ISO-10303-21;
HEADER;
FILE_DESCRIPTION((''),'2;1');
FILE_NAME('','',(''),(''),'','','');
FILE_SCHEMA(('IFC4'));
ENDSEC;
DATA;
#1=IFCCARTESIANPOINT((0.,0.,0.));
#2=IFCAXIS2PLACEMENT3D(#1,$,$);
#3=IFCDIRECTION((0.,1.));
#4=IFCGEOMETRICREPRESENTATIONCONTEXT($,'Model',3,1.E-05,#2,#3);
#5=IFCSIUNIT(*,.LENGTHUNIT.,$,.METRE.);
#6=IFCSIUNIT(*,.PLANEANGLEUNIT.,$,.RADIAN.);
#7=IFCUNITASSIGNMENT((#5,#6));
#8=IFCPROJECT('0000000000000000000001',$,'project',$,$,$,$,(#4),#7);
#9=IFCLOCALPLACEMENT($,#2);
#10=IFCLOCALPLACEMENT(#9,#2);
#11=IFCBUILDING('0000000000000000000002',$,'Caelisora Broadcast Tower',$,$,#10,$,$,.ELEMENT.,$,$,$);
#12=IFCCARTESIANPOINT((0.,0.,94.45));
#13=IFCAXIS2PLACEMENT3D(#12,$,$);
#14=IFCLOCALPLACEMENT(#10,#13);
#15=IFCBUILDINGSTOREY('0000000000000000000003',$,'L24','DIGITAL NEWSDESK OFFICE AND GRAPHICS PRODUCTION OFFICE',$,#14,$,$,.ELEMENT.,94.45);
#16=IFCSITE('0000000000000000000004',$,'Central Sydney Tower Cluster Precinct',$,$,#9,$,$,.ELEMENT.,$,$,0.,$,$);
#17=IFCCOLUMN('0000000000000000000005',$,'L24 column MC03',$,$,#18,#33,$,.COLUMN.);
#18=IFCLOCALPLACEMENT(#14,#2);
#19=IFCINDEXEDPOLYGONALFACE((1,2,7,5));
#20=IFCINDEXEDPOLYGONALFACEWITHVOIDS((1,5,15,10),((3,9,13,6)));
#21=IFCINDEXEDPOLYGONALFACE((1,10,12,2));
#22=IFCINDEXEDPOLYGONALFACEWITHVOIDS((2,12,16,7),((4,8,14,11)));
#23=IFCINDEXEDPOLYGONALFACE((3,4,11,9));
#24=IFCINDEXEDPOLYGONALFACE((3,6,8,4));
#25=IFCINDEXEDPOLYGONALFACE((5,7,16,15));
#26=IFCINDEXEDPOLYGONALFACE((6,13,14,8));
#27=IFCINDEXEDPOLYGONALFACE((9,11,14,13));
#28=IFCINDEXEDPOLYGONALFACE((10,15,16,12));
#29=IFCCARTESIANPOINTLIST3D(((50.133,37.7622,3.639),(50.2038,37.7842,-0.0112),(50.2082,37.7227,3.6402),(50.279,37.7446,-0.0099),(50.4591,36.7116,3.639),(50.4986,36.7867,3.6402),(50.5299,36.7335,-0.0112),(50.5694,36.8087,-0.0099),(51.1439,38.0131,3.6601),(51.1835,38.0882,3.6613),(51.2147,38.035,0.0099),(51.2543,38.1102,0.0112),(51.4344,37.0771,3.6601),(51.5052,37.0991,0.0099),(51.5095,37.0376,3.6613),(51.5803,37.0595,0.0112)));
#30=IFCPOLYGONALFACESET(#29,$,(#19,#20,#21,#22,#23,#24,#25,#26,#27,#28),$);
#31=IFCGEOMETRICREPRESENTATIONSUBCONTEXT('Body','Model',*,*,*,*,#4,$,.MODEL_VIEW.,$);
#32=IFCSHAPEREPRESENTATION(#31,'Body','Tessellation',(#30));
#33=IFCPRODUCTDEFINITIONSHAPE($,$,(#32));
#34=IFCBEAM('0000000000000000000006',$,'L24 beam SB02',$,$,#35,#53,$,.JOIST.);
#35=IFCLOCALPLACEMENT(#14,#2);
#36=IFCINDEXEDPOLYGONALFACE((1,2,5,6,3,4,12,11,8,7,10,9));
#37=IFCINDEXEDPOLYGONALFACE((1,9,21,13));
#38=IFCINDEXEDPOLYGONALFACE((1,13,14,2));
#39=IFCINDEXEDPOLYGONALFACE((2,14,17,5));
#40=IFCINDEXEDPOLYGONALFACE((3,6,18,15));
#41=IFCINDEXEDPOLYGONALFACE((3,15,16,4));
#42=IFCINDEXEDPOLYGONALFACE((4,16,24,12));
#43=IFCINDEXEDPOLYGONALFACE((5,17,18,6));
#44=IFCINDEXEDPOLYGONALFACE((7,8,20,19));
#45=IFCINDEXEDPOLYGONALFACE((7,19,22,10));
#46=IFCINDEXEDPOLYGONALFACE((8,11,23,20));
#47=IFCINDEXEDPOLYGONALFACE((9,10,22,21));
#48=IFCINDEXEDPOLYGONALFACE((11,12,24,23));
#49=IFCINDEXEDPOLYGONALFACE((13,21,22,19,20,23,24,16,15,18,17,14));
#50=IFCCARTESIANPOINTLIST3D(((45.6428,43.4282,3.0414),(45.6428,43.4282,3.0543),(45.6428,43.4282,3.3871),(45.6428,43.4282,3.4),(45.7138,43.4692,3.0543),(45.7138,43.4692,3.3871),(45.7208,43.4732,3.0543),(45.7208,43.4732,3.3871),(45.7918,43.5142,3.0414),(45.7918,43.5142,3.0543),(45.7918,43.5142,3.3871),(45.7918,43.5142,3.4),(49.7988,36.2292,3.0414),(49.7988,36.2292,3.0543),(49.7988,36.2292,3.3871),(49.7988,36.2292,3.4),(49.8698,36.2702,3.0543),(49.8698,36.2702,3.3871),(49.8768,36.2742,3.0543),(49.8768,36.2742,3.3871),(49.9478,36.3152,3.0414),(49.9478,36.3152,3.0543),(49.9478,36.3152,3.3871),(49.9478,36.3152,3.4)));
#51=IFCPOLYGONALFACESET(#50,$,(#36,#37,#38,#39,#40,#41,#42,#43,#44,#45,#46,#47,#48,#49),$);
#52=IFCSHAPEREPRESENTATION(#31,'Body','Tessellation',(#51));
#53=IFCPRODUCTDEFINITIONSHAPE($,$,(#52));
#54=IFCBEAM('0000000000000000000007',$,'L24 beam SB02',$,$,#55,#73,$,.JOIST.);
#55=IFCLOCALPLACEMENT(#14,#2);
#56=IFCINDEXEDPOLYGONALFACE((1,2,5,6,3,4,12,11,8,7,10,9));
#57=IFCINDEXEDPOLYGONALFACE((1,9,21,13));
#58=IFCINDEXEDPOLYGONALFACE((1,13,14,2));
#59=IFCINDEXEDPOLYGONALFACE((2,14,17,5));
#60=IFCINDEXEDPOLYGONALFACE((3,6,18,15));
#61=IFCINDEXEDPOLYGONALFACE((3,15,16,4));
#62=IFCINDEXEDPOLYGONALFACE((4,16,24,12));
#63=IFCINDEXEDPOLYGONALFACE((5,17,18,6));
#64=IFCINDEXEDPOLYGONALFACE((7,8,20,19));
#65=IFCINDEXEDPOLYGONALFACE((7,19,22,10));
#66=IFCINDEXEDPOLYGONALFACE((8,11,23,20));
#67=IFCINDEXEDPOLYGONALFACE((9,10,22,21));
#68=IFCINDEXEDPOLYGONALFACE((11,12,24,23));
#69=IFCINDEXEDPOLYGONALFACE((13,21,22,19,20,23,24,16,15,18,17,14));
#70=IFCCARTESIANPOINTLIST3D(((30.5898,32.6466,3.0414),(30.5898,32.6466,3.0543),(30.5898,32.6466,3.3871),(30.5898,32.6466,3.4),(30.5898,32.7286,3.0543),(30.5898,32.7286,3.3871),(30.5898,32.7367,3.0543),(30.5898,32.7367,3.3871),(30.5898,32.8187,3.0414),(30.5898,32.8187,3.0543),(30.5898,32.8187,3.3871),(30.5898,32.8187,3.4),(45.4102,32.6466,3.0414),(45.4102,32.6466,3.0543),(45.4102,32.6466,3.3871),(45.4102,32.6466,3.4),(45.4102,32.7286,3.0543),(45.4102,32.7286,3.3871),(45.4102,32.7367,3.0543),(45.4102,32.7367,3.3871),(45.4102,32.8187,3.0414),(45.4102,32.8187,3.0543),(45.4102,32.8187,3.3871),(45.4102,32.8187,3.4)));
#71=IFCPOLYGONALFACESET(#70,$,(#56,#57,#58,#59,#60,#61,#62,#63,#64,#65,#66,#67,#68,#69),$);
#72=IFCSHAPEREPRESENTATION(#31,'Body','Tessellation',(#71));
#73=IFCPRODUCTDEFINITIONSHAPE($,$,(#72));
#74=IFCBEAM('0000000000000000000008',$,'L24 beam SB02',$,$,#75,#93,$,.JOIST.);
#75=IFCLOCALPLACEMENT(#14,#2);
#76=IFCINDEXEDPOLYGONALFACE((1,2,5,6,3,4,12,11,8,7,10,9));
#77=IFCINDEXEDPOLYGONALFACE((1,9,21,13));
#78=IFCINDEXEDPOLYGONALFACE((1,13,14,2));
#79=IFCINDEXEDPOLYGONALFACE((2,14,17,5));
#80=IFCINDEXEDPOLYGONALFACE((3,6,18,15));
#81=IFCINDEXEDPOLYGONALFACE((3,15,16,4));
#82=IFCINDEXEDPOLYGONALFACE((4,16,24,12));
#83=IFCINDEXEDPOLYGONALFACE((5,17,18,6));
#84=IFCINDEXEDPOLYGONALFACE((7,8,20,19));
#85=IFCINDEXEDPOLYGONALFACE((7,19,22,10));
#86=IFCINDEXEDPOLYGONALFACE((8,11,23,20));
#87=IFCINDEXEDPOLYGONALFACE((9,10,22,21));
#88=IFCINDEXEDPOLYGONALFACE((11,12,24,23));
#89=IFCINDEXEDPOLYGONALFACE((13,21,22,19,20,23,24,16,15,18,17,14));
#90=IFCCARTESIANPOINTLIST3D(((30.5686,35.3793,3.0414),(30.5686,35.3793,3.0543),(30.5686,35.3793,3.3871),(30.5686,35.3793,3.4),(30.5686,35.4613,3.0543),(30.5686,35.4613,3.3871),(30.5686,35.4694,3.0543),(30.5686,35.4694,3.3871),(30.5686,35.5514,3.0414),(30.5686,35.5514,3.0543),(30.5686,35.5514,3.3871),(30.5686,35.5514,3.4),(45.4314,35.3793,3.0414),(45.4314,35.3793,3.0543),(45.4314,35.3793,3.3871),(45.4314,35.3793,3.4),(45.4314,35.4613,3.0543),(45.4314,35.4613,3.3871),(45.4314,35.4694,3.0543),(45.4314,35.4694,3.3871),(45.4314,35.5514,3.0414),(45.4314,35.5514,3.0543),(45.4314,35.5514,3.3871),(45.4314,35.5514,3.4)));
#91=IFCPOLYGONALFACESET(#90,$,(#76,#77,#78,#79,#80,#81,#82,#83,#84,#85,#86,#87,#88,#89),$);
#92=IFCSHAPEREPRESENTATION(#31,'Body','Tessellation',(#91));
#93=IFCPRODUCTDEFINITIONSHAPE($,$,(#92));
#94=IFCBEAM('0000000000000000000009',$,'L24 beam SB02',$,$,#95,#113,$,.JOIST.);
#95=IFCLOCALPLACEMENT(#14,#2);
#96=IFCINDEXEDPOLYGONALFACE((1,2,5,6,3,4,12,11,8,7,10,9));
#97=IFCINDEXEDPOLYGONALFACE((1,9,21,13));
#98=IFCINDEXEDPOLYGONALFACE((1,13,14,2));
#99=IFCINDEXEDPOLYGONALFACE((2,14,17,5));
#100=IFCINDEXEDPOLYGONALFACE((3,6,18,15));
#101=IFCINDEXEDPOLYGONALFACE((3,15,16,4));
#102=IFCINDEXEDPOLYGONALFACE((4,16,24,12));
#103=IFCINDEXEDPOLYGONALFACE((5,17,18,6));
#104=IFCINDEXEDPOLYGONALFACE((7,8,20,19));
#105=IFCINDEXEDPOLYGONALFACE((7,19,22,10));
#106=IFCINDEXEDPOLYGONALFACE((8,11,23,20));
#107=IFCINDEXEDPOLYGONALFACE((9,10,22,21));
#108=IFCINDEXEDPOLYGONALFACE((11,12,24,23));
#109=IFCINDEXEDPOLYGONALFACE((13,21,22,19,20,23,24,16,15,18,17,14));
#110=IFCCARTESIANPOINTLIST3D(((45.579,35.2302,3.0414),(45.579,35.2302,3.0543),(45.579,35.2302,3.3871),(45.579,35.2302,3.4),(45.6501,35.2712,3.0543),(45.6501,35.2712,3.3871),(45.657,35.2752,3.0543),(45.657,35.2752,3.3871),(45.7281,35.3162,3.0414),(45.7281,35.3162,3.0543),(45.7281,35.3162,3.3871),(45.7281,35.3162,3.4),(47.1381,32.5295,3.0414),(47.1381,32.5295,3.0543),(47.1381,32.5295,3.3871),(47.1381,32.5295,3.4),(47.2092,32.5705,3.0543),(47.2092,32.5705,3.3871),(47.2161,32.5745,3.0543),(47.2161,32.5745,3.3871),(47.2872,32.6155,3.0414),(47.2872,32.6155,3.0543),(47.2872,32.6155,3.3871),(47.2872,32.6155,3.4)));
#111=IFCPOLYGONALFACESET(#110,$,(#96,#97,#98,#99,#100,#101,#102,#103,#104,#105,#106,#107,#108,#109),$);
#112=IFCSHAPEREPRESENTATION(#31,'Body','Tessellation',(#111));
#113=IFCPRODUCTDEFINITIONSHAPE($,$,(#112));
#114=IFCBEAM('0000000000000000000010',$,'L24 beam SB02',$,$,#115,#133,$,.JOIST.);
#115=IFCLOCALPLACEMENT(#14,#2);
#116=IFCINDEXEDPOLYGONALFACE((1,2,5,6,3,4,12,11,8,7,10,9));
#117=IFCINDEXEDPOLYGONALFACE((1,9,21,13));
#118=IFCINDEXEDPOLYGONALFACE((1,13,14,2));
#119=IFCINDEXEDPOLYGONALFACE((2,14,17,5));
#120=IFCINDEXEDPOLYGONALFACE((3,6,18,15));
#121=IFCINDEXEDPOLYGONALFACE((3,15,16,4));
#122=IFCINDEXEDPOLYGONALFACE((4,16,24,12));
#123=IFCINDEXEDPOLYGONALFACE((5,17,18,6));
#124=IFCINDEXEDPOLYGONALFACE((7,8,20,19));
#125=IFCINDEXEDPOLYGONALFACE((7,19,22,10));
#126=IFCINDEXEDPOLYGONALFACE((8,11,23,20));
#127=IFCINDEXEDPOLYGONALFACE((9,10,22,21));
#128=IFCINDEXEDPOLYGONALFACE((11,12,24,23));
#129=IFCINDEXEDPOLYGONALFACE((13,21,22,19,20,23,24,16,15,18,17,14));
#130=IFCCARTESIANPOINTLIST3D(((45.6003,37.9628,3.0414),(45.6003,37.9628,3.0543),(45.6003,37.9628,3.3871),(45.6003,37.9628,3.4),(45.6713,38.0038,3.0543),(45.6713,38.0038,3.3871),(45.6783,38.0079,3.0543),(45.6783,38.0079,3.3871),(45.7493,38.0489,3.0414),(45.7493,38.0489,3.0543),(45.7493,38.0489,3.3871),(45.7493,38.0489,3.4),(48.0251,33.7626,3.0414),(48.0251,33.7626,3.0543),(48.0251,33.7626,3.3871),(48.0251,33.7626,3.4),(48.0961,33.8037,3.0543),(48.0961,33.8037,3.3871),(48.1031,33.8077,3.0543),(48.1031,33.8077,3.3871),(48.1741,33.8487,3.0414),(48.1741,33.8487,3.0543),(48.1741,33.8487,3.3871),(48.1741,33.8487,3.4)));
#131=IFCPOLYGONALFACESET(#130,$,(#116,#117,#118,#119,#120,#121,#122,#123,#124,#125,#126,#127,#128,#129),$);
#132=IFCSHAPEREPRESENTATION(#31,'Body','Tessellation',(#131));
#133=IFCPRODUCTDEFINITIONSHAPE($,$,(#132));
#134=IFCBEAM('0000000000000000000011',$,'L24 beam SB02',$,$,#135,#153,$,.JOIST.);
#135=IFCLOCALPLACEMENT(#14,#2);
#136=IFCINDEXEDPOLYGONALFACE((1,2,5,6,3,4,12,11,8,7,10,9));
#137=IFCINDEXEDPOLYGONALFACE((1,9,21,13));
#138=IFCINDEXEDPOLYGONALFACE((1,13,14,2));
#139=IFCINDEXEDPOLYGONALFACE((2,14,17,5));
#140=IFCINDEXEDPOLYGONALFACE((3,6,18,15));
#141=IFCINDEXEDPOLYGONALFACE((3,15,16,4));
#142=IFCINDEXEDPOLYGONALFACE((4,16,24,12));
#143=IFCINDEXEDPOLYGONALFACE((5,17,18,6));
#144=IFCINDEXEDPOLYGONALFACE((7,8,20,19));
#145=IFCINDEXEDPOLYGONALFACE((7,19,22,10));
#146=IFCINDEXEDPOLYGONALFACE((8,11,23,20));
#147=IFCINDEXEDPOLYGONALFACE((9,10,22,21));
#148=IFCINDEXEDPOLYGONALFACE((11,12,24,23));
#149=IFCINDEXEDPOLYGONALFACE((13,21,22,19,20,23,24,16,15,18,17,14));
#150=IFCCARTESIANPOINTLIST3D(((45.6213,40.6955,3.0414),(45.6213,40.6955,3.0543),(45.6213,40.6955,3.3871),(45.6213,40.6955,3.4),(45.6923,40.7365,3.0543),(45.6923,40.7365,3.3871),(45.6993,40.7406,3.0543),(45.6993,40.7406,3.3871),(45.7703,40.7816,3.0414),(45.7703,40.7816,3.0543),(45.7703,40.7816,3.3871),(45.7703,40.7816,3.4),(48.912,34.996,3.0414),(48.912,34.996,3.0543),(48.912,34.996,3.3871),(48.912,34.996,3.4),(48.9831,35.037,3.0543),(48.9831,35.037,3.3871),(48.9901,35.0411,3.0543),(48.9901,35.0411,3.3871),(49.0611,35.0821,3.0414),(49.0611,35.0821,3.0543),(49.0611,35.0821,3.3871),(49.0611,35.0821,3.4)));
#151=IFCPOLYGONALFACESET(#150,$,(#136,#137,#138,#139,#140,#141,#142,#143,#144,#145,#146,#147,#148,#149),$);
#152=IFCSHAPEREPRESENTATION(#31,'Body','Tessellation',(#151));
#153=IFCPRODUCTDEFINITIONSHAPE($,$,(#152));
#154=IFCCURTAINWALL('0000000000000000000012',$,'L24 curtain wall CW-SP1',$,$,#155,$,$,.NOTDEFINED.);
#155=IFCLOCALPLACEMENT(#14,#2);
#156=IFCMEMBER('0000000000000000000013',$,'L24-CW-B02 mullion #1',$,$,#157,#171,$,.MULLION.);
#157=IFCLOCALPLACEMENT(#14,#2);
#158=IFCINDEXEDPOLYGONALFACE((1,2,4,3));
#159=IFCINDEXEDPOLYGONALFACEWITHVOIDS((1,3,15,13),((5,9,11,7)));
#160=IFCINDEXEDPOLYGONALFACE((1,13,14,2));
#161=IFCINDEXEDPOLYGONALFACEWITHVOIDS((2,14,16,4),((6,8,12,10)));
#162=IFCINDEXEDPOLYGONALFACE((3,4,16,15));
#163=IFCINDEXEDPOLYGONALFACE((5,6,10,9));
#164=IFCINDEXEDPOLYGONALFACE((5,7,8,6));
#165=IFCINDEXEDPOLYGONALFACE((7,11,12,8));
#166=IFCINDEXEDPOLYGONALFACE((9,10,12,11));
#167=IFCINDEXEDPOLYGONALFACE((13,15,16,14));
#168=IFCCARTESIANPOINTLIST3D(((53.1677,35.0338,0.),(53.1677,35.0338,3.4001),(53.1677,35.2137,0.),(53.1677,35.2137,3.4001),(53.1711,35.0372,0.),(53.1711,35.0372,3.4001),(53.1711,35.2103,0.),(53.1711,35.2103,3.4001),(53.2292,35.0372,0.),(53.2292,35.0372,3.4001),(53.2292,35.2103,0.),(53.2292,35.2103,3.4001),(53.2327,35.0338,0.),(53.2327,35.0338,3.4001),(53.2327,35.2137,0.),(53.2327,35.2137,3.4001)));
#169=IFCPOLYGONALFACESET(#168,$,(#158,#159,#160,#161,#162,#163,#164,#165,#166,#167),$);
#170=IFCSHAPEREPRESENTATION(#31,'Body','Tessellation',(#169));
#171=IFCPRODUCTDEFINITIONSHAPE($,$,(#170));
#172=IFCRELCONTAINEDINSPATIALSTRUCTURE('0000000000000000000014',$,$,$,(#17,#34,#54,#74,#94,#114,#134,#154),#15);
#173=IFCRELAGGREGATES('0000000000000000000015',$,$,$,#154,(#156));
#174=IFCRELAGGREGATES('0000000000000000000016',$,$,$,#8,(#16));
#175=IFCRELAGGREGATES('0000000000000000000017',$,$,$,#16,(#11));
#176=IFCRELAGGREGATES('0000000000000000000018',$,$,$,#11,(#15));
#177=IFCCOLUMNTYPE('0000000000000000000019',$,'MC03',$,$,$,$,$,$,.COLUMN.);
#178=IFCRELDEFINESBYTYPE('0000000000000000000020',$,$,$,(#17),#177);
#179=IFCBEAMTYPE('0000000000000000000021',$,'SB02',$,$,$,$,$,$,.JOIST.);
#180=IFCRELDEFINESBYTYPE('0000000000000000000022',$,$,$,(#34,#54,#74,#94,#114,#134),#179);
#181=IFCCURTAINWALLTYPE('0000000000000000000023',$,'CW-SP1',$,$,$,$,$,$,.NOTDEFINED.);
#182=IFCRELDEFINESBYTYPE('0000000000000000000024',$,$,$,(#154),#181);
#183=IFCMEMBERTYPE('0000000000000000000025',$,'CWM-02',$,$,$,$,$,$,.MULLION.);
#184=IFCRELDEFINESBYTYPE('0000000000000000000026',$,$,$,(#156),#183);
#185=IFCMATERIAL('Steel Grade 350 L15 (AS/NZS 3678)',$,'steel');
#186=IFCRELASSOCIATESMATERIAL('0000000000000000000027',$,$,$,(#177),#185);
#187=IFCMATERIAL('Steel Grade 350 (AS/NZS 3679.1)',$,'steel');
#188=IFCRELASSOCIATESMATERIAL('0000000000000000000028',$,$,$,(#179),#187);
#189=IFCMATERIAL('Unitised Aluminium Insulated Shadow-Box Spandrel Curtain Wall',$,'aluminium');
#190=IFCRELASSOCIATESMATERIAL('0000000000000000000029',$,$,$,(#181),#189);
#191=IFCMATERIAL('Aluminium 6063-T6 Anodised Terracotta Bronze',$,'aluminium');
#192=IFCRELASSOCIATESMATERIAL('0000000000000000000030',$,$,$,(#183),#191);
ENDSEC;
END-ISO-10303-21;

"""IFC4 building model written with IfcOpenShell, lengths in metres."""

from ifc_helpers import new_model, si_unit, direction, frame, origin, origin_2d, place, context, subcontext, project, spatial, hollow_rectangle, i_section, extrude, source, transform, mapped, material, material_profile, profile_set, type_object, type_shapes, element, aggregate, save


model = new_model("IFC4")

# Units and contexts
model_context = context("Model", 3, precision=1e-05, world=origin(), true_north=direction((0.0, 1.0)))
body_context = subcontext(model_context, "Body", "Model", "MODEL_VIEW")
ifc_project = project(units=[si_unit("LENGTHUNIT", "METRE"), si_unit("PLANEANGLEUNIT", "RADIAN")], contexts=[model_context])

# Site, building, storey
site_placement = place(None, origin())
site = spatial("IfcSite", under=ifc_project, at=site_placement, Name="Central Sydney Tower Cluster Precinct", CompositionType="ELEMENT", RefElevation=0.0)
building_placement = place(site_placement, origin())
building = spatial("IfcBuilding", under=site, at=building_placement, Name="Caelisora Broadcast Tower", CompositionType="ELEMENT")
storey_placement = place(building_placement, frame((0.0, 0.0, 94.45)))
storey = spatial("IfcBuildingStorey", under=building, at=storey_placement, Name="L24", Description="DIGITAL NEWSDESK OFFICE AND GRAPHICS PRODUCTION OFFICE", CompositionType="ELEMENT", Elevation=94.45)

# Column
ifc_material_1 = material(Name="Steel Grade 350 L15 (AS/NZS 3678)", Category="steel")
ifc_material_profile_1 = material_profile(ifc_material_1, hollow_rectangle(XDim=1.1001, YDim=1.1001, WallThickness=0.0601, at=origin_2d()), Name="Steel Grade 350 L15 (AS/NZS 3678)")
ifc_profile_set_1 = profile_set([ifc_material_profile_1], Name="Steel Grade 350 L15 (AS/NZS 3678)")
column_type = type_object("IfcColumnType", Name="MC03", PredefinedType="COLUMN", material=ifc_profile_set_1)
shared_shape_1 = source(origin(), body_context, "Body", "SweptSolid", [
    extrude(hollow_rectangle(XDim=1.1001, YDim=1.1001, WallThickness=0.0601, at=origin_2d()), origin(), (0.0, 0.0, 1.0), 3.6509),
])
type_shapes(column_type, [shared_shape_1])
column_placement = place(storey_placement, frame((50.8921, 37.4219, 0.0), z_axis=(-0.019393, -0.006018, 0.999794), x_axis=(0.296399, -0.955064, 0.0)))
element("IfcColumn", 1, at=column_placement, inside=storey, type_object=column_type, Name="L24 column MC03", PredefinedType="COLUMN", context=body_context, shape_type="MappedRepresentation", body=[
    mapped(shared_shape_1, transform((0.0, 0.0, 0.0), scale=1.0)),
])

# Beams
ifc_material_2 = material(Name="Steel Grade 350 (AS/NZS 3679.1)", Category="steel")
ifc_material_profile_2 = material_profile(ifc_material_2, i_section(OverallWidth=0.1721, OverallDepth=0.3586, WebThickness=0.0081, FlangeThickness=0.0129, at=origin_2d()), Name="Steel Grade 350 (AS/NZS 3679.1)")
ifc_profile_set_2 = profile_set([ifc_material_profile_2], Name="Steel Grade 350 (AS/NZS 3679.1)")
beam_type = type_object("IfcBeamType", Name="SB02", PredefinedType="JOIST", material=ifc_profile_set_2)
shared_shape_2 = source(origin(), body_context, "Body", "SweptSolid", [
    extrude(i_section(OverallWidth=0.1721, OverallDepth=0.3586, WebThickness=0.0081, FlangeThickness=0.0129, at=origin_2d()), origin(), (0.0, 0.0, 1.0), 8.3125),
])
beam_1_placement = place(storey_placement, frame((49.8733, 36.2722, 3.2207), z_axis=(-0.499971, 0.866042, 0.0), x_axis=(-0.866042, -0.499971, 0.0)))
element("IfcBeam", 2, at=beam_1_placement, inside=storey, type_object=beam_type, Name="L24 beam SB02", PredefinedType="JOIST", context=body_context, shape_type="MappedRepresentation", body=[
    mapped(shared_shape_2, transform((0.0, 0.0, 0.0), scale=1.0)),
])
shared_shape_3 = source(origin(), body_context, "Body", "SweptSolid", [
    extrude(i_section(OverallWidth=0.1721, OverallDepth=0.3586, WebThickness=0.0081, FlangeThickness=0.0129, at=origin_2d()), origin(), (0.0, 0.0, 1.0), 14.8203),
])
beam_2_placement = place(storey_placement, frame((45.4102, 32.7327, 3.2207), z_axis=(-1.0, 0.0, 0.0), x_axis=(0.0, -1.0, 0.0)))
element("IfcBeam", 3, at=beam_2_placement, inside=storey, type_object=beam_type, Name="L24 beam SB02", PredefinedType="JOIST", context=body_context, shape_type="MappedRepresentation", body=[
    mapped(shared_shape_3, transform((0.0, 0.0, 0.0), scale=1.0)),
])
shared_shape_4 = source(origin(), body_context, "Body", "SweptSolid", [
    extrude(i_section(OverallWidth=0.1721, OverallDepth=0.3586, WebThickness=0.0081, FlangeThickness=0.0129, at=origin_2d()), origin(), (0.0, 0.0, 1.0), 14.8628),
])
beam_3_placement = place(storey_placement, frame((45.4314, 35.4653, 3.2207), z_axis=(-1.0, 0.0, 0.0), x_axis=(0.0, -1.0, 0.0)))
element("IfcBeam", 4, at=beam_3_placement, inside=storey, type_object=beam_type, Name="L24 beam SB02", PredefinedType="JOIST", context=body_context, shape_type="MappedRepresentation", body=[
    mapped(shared_shape_4, transform((0.0, 0.0, 0.0), scale=1.0)),
])
shared_shape_5 = source(origin(), body_context, "Body", "SweptSolid", [
    extrude(i_section(OverallWidth=0.1721, OverallDepth=0.3586, WebThickness=0.0081, FlangeThickness=0.0129, at=origin_2d()), origin(), (0.0, 0.0, 1.0), 3.1184),
])
beam_4_placement = place(storey_placement, frame((47.2126, 32.5725, 3.2207), z_axis=(-0.499962, 0.866047, 0.0), x_axis=(-0.866047, -0.499962, 0.0)))
element("IfcBeam", 5, at=beam_4_placement, inside=storey, type_object=beam_type, Name="L24 beam SB02", PredefinedType="JOIST", context=body_context, shape_type="MappedRepresentation", body=[
    mapped(shared_shape_5, transform((0.0, 0.0, 0.0), scale=1.0)),
])
shared_shape_6 = source(origin(), body_context, "Body", "SweptSolid", [
    extrude(i_section(OverallWidth=0.1721, OverallDepth=0.3586, WebThickness=0.0081, FlangeThickness=0.0129, at=origin_2d()), origin(), (0.0, 0.0, 1.0), 4.8499),
])
beam_5_placement = place(storey_placement, frame((48.0996, 33.8057, 3.2207), z_axis=(-0.499972, 0.866041, 0.0), x_axis=(-0.866041, -0.499972, 0.0)))
element("IfcBeam", 6, at=beam_5_placement, inside=storey, type_object=beam_type, Name="L24 beam SB02", PredefinedType="JOIST", context=body_context, shape_type="MappedRepresentation", body=[
    mapped(shared_shape_6, transform((0.0, 0.0, 0.0), scale=1.0)),
])
shared_shape_7 = source(origin(), body_context, "Body", "SweptSolid", [
    extrude(i_section(OverallWidth=0.1721, OverallDepth=0.3586, WebThickness=0.0081, FlangeThickness=0.0129, at=origin_2d()), origin(), (0.0, 0.0, 1.0), 6.5813),
])
type_shapes(beam_type, [shared_shape_2, shared_shape_3, shared_shape_4, shared_shape_5, shared_shape_6, shared_shape_7])
beam_6_placement = place(storey_placement, frame((48.9866, 35.0391, 3.2207), z_axis=(-0.500021, 0.866013, 0.0), x_axis=(-0.866013, -0.500021, 0.0)))
element("IfcBeam", 7, at=beam_6_placement, inside=storey, type_object=beam_type, Name="L24 beam SB02", PredefinedType="JOIST", context=body_context, shape_type="MappedRepresentation", body=[
    mapped(shared_shape_7, transform((0.0, 0.0, 0.0), scale=1.0)),
])

# Curtain wall, member
ifc_material_3 = material(Name="Unitised Aluminium Insulated Shadow-Box Spandrel Curtain Wall", Category="aluminium")
curtain_wall_type = type_object("IfcCurtainWallType", Name="CW-SP1", PredefinedType="NOTDEFINED", material=ifc_material_3)
curtain_wall_placement = place(storey_placement, origin())
curtain_wall = element("IfcCurtainWall", 8, at=curtain_wall_placement, inside=storey, type_object=curtain_wall_type, Name="L24 curtain wall CW-SP1", PredefinedType="NOTDEFINED")
ifc_material_4 = material(Name="Aluminium 6063-T6 Anodised Terracotta Bronze", Category="aluminium")
ifc_material_profile_3 = material_profile(ifc_material_4, hollow_rectangle(XDim=0.0649, YDim=0.1799, WallThickness=0.0034, at=origin_2d()), Name="Aluminium 6063-T6 Anodised Terracotta Bronze")
ifc_profile_set_3 = profile_set([ifc_material_profile_3], Name="Aluminium 6063-T6 Anodised Terracotta Bronze")
member_type = type_object("IfcMemberType", Name="CWM-02", PredefinedType="MULLION", material=ifc_profile_set_3)
shared_shape_8 = source(origin(), body_context, "Body", "SweptSolid", [
    extrude(hollow_rectangle(XDim=0.0649, YDim=0.1799, WallThickness=0.0034, at=origin_2d()), origin(), (0.0, 0.0, 1.0), 3.4001),
])
type_shapes(member_type, [shared_shape_8])
member_1_placement = place(storey_placement, frame((53.2002, 35.1238, 0.0), z_axis=(0.0, 0.0, 1.0), x_axis=(1.0, 0.0, 0.0)))
member_1 = element("IfcMember", 9, at=member_1_placement, type_object=member_type, Name="L24-CW-B02 mullion #1", PredefinedType="MULLION", context=body_context, shape_type="MappedRepresentation", body=[
    mapped(shared_shape_8, transform((0.0, 0.0, 0.0), scale=1.0)),
])

aggregate(curtain_wall, [member_1])

save(model, "model.ifc")
